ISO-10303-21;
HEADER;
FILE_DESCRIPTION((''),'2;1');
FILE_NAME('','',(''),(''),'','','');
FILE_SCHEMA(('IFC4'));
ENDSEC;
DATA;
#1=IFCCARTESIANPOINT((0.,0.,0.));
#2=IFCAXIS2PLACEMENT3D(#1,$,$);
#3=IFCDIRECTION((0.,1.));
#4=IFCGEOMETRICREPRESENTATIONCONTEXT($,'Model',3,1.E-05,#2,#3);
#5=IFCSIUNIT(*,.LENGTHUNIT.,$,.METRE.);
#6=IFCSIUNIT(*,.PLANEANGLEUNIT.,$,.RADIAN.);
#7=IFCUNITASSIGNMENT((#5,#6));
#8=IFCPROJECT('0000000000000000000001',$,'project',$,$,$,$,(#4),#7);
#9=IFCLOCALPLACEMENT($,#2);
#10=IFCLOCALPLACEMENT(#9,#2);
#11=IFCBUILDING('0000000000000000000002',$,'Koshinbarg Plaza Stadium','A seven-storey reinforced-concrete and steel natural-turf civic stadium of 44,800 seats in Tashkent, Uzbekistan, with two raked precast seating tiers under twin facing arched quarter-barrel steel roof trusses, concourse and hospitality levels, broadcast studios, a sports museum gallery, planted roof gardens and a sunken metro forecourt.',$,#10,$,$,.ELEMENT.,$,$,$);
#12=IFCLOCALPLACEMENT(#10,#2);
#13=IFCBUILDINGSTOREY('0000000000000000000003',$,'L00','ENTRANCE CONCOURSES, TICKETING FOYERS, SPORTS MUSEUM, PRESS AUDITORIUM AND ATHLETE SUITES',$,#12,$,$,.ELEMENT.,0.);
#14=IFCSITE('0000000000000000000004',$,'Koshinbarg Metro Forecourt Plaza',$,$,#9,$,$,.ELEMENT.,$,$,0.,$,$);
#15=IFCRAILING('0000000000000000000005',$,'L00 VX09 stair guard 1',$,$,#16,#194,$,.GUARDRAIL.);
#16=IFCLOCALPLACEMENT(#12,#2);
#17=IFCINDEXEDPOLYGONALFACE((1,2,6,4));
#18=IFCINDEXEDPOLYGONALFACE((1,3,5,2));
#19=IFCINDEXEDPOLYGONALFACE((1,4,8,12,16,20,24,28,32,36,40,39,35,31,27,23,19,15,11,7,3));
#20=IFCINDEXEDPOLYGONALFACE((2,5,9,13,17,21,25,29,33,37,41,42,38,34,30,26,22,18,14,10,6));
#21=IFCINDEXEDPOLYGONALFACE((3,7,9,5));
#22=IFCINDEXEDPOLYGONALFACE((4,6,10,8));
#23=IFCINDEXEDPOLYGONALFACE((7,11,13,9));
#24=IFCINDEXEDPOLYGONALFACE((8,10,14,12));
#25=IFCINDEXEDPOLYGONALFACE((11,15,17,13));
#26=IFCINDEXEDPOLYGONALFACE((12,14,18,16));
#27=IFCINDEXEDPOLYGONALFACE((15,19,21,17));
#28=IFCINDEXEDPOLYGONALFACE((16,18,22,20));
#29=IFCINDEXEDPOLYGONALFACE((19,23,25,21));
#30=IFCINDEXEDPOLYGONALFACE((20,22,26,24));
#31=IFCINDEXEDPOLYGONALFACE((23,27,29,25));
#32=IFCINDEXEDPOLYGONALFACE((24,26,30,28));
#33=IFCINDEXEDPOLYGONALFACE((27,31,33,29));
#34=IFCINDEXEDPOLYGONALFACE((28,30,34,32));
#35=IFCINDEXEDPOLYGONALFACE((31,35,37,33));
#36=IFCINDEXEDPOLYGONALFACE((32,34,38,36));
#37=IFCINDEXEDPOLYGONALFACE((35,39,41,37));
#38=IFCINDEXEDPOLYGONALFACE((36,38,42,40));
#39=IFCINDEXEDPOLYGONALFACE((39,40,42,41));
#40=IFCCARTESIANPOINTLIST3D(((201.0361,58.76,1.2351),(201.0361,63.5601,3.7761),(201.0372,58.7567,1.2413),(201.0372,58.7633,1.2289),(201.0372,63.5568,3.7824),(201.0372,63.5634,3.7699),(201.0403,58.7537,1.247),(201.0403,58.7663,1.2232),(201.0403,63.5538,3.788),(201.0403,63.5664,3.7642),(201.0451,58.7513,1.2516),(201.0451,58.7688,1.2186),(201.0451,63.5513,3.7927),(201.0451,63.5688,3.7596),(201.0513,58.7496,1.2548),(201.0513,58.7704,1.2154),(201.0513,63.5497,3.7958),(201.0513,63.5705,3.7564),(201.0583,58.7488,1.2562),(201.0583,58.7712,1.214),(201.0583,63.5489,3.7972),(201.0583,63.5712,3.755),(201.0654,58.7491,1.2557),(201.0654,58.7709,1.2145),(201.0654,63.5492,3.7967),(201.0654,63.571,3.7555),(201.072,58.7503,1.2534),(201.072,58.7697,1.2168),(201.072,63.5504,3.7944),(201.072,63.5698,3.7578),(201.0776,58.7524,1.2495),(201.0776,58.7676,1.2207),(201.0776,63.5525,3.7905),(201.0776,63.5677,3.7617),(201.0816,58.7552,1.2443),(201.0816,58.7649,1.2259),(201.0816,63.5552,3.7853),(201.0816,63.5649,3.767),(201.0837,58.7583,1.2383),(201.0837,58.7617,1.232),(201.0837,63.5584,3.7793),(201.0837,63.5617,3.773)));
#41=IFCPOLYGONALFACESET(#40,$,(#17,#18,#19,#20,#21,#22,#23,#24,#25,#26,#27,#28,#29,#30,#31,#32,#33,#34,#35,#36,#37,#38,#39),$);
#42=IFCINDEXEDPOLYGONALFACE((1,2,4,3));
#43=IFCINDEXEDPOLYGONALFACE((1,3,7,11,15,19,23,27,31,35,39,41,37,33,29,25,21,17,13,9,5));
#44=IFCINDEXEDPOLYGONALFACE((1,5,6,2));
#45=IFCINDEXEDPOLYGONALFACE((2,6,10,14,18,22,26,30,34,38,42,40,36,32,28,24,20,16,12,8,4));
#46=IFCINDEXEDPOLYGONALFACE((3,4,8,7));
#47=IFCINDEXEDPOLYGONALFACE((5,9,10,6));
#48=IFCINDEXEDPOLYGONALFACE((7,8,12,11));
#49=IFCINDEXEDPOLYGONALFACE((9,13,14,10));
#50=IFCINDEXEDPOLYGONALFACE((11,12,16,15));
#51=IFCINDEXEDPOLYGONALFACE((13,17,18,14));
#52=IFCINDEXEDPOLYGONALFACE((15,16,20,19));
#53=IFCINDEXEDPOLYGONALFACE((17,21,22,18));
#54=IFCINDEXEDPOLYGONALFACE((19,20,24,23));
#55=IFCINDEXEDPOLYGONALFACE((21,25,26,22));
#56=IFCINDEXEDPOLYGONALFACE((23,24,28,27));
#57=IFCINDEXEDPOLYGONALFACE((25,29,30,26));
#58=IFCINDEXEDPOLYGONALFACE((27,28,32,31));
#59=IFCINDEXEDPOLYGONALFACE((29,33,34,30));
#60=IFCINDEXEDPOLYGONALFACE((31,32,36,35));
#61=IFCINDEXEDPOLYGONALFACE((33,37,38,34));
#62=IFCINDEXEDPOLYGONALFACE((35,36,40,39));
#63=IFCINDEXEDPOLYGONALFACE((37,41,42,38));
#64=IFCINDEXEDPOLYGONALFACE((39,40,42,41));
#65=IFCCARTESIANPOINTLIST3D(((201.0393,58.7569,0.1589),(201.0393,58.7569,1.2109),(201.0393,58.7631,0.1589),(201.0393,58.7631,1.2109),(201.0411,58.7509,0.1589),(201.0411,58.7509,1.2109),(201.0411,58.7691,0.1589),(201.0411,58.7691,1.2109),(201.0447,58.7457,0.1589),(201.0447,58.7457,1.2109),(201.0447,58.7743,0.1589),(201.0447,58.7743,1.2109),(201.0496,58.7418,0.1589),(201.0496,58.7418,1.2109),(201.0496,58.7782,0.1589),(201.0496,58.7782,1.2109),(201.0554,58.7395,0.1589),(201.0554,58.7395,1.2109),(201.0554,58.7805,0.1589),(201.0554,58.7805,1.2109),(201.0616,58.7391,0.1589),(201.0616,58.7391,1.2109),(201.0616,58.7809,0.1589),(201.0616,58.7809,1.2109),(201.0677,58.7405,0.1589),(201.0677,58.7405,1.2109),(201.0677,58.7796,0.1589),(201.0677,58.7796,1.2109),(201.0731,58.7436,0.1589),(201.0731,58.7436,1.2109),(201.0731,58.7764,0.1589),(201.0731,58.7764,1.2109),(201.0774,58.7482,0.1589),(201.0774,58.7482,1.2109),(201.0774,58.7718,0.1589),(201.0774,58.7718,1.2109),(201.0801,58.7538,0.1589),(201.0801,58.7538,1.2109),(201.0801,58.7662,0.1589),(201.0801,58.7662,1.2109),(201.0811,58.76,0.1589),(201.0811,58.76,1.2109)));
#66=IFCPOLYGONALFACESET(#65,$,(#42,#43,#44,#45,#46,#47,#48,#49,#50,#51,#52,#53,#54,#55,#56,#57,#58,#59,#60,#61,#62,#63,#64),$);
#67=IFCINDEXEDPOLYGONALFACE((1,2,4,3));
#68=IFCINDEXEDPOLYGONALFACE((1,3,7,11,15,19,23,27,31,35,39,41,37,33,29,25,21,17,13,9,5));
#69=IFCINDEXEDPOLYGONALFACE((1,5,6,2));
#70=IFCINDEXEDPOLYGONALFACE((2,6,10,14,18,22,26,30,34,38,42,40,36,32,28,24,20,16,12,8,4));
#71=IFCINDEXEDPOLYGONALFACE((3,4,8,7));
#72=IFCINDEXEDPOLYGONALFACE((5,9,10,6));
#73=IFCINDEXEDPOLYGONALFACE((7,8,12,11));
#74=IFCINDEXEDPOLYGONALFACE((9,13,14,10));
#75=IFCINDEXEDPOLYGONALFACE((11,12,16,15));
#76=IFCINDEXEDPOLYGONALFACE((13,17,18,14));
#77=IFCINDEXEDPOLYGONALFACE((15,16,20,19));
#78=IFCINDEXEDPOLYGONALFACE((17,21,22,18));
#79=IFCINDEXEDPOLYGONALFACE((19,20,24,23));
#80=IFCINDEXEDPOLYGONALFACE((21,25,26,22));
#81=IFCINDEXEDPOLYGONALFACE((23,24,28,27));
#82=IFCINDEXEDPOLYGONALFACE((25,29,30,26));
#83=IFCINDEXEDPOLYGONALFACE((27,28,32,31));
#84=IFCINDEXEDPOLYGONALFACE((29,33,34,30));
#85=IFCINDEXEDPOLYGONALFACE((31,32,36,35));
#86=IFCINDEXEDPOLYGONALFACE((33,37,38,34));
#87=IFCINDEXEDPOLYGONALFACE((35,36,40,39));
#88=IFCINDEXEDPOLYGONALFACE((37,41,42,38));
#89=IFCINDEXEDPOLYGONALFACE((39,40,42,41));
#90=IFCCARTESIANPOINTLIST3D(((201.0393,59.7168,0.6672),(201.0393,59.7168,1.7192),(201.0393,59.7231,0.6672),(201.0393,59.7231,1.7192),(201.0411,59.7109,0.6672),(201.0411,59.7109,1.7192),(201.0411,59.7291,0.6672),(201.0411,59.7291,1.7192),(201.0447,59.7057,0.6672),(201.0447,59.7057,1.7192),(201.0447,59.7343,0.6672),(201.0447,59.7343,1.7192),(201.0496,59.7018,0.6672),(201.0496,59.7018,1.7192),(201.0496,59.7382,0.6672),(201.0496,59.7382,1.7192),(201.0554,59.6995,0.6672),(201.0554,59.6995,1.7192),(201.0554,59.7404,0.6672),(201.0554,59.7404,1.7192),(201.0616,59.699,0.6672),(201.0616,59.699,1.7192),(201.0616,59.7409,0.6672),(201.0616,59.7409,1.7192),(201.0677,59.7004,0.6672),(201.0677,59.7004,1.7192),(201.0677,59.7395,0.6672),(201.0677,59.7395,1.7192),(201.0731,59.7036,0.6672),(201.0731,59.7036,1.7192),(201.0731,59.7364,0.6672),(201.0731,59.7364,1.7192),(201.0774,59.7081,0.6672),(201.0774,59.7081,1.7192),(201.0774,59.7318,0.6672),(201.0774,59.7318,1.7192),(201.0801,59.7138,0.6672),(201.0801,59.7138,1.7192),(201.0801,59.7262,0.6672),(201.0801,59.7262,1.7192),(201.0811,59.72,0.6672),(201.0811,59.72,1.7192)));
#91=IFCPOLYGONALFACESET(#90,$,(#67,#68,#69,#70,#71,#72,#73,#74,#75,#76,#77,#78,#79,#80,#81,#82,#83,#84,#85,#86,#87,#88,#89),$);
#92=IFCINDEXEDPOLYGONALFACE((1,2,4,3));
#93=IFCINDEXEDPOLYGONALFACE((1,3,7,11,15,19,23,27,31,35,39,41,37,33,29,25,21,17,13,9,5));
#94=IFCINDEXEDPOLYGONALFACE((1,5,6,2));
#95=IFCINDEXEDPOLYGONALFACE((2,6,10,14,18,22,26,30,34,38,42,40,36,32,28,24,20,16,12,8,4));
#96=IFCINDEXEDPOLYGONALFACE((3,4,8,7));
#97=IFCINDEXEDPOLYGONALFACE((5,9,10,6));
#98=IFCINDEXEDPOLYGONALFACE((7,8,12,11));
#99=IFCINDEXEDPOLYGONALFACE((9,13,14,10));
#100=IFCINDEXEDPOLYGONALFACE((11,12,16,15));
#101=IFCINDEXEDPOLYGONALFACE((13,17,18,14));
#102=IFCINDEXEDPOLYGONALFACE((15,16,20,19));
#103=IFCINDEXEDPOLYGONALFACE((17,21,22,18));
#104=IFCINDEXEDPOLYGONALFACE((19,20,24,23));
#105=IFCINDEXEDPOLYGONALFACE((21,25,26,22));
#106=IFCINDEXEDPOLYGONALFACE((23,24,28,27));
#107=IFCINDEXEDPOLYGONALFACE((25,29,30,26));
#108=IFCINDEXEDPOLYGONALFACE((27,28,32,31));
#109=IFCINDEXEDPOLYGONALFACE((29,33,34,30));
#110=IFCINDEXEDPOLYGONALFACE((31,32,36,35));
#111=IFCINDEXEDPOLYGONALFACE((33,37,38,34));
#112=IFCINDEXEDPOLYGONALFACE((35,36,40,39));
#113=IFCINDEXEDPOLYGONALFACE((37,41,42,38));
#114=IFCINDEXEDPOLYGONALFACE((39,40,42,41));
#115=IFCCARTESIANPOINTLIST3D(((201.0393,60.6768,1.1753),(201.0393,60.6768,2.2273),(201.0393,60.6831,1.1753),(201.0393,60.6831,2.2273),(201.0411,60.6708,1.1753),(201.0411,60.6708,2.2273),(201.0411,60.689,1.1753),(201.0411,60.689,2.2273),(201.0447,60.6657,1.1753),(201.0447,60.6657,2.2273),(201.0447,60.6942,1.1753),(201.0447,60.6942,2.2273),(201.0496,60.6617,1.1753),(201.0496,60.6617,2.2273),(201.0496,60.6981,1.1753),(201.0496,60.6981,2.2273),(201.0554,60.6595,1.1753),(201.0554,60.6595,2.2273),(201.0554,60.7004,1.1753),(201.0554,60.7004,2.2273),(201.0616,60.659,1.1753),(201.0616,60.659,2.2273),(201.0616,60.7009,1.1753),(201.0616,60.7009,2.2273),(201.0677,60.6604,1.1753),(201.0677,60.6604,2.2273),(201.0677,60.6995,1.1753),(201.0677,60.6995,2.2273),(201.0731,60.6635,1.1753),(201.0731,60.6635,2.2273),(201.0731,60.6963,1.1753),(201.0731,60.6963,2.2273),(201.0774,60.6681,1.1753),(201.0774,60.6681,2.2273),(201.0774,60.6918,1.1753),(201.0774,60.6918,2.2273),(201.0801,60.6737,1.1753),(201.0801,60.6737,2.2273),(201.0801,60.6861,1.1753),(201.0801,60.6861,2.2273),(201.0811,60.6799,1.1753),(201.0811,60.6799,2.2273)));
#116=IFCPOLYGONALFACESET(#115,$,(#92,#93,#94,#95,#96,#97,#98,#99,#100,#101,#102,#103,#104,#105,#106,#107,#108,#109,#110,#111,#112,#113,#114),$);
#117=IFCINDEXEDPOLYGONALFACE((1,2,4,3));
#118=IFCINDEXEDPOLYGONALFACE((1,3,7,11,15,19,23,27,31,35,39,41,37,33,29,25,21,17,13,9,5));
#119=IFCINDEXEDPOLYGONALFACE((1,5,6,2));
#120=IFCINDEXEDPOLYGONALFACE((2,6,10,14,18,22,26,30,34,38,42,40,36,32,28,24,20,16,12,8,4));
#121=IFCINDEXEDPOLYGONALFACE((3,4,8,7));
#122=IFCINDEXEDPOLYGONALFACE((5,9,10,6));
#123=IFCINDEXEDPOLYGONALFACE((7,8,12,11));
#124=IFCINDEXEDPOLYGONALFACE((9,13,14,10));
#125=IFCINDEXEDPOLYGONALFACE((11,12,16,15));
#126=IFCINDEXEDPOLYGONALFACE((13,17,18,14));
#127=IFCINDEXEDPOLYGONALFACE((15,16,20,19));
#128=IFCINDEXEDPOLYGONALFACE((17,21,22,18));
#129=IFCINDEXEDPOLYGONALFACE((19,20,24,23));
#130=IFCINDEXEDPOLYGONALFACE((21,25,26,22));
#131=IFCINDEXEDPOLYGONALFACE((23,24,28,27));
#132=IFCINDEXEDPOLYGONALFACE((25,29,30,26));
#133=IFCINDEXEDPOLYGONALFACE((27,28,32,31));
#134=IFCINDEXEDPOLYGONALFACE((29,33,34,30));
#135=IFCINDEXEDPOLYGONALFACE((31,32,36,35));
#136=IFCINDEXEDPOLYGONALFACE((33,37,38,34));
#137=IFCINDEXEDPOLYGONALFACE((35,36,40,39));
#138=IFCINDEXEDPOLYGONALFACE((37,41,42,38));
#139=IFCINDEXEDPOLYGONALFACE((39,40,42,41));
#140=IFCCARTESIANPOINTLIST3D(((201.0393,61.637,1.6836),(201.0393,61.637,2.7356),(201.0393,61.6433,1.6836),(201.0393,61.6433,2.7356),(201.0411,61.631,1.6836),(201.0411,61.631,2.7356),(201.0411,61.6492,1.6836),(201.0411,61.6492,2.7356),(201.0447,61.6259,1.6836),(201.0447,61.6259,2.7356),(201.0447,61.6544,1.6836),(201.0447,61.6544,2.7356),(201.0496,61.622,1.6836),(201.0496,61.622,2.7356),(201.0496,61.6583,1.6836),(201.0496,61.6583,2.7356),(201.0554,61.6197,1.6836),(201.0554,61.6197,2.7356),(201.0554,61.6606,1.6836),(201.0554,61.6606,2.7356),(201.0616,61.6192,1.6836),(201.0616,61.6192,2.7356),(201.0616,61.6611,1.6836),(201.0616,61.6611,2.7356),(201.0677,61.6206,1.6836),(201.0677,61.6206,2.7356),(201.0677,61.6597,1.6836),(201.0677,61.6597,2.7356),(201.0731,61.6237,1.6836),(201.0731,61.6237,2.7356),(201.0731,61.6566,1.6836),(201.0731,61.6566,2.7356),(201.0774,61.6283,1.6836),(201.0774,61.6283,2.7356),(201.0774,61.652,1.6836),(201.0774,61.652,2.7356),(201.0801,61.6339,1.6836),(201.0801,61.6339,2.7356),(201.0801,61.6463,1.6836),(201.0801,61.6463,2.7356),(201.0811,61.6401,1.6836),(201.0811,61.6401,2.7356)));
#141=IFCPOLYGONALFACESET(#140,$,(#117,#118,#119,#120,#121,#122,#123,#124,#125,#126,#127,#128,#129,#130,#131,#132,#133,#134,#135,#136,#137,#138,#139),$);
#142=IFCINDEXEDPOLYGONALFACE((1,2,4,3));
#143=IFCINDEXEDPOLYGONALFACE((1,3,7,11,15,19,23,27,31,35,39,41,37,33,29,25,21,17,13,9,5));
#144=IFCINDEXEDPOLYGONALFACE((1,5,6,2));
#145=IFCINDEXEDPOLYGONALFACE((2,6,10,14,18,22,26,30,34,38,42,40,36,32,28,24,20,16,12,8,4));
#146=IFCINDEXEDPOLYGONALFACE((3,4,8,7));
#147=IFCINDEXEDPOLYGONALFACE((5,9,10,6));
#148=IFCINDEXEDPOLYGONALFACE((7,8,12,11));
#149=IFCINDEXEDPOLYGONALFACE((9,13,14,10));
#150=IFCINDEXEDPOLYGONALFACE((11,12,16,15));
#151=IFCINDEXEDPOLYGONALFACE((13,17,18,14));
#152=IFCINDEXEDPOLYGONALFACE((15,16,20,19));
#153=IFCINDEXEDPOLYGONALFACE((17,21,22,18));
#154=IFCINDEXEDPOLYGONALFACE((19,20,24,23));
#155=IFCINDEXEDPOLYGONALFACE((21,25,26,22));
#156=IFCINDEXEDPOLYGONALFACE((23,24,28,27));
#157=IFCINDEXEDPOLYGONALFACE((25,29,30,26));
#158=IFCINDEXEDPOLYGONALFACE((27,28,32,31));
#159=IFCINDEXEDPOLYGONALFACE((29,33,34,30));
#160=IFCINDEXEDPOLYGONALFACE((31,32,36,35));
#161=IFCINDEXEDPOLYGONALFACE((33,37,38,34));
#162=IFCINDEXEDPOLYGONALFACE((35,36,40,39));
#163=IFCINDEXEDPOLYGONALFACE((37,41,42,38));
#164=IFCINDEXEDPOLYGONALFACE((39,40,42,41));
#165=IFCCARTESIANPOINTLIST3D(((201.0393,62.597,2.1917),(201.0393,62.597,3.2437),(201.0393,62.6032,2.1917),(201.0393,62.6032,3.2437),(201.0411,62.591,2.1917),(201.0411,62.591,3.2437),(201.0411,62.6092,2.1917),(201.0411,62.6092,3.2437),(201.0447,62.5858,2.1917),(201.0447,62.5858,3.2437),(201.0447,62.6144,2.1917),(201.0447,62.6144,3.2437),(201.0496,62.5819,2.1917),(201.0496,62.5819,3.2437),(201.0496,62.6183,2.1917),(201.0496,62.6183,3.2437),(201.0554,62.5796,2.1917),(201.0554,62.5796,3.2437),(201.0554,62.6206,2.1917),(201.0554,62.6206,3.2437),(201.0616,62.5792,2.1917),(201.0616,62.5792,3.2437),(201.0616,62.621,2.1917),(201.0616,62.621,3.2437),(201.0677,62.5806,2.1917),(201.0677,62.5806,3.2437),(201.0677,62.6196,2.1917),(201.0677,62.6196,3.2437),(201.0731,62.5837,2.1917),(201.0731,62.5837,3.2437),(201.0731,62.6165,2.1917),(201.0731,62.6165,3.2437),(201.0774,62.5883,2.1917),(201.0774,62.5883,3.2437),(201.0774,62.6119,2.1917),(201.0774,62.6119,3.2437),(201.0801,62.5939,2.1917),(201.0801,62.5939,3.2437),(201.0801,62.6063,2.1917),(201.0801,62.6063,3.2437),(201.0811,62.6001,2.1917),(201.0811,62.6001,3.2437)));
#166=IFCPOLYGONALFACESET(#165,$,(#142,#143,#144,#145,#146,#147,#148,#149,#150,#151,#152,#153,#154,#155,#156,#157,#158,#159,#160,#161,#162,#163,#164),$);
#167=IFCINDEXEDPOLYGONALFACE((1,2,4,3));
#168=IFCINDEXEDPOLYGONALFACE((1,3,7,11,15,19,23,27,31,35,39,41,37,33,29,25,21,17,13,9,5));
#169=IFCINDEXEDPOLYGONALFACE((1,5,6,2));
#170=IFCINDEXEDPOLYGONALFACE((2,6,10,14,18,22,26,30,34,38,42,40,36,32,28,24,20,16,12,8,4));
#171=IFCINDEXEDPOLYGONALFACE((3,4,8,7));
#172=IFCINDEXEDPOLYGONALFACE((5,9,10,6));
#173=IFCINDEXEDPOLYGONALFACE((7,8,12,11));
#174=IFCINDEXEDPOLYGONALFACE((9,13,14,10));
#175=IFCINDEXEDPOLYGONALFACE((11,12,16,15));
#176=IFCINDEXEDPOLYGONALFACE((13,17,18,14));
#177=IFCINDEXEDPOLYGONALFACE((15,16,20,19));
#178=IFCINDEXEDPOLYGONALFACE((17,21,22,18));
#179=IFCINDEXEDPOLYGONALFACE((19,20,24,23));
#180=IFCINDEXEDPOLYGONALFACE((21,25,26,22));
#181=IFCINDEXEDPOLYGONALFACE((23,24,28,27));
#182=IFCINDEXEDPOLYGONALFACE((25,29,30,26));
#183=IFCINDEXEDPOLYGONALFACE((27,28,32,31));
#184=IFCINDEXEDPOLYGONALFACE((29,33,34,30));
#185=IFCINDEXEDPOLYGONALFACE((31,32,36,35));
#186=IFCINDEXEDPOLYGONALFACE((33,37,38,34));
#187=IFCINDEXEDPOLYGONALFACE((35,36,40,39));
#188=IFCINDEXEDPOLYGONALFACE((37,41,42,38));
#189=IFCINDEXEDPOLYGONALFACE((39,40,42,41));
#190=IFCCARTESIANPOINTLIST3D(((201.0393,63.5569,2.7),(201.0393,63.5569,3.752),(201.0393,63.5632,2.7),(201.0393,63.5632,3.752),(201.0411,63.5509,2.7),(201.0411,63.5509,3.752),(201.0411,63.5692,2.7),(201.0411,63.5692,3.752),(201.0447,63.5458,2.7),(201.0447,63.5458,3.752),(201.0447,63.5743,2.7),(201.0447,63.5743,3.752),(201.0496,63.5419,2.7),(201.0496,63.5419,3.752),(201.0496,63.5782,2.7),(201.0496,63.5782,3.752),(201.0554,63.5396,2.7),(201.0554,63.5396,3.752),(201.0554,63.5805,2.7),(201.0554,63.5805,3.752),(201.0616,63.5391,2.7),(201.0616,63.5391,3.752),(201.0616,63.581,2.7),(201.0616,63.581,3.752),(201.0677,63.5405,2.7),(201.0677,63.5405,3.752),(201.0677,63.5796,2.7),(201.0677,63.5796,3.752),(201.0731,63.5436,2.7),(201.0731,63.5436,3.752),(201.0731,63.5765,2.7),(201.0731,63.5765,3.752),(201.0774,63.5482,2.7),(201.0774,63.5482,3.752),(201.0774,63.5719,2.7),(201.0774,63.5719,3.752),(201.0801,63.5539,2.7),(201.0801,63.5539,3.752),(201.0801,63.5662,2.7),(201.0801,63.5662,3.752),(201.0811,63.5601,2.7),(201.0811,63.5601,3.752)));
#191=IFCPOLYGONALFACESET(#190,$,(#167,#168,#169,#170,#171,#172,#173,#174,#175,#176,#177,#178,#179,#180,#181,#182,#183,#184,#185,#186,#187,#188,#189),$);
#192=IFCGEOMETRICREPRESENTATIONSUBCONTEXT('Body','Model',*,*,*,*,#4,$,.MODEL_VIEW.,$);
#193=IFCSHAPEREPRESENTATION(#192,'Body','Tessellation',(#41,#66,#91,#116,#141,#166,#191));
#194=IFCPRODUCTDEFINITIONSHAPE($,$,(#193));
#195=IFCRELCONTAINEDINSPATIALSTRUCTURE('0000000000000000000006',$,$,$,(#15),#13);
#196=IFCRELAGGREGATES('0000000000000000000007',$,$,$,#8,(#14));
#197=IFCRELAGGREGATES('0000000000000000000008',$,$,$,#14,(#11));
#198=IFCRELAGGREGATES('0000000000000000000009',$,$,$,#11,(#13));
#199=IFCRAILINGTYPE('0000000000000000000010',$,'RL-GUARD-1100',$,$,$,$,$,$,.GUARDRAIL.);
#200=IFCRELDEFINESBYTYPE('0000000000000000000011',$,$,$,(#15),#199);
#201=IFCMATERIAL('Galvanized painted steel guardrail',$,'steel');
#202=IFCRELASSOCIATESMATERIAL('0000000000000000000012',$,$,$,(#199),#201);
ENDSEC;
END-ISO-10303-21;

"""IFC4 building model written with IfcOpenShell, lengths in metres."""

from ifc_helpers import new_model, si_unit, direction, frame, origin, origin_2d, place, context, subcontext, project, spatial, circle, extrude, material, type_object, element, save


model = new_model("IFC4")

# Units and contexts
model_context = context("Model", 3, precision=1e-05, world=origin(), true_north=direction((0.0, 1.0)))
body_context = subcontext(model_context, "Body", "Model", "MODEL_VIEW")
ifc_project = project(units=[si_unit("LENGTHUNIT", "METRE"), si_unit("PLANEANGLEUNIT", "RADIAN")], contexts=[model_context])

# Site, building, storey
site_placement = place(None, origin())
site = spatial("IfcSite", under=ifc_project, at=site_placement, Name="Koshinbarg Metro Forecourt Plaza", CompositionType="ELEMENT", RefElevation=0.0)
building_placement = place(site_placement, origin())
building = spatial("IfcBuilding", under=site, at=building_placement, Name="Koshinbarg Plaza Stadium", Description="A seven-storey reinforced-concrete and steel natural-turf civic stadium of 44,800 seats in Tashkent, Uzbekistan, with two raked precast seating tiers under twin facing arched quarter-barrel steel roof trusses, concourse and hospitality levels, broadcast studios, a sports museum gallery, planted roof gardens and a sunken metro forecourt.", CompositionType="ELEMENT")
storey_placement = place(building_placement, origin())
storey = spatial("IfcBuildingStorey", under=building, at=storey_placement, Name="L00", Description="ENTRANCE CONCOURSES, TICKETING FOYERS, SPORTS MUSEUM, PRESS AUDITORIUM AND ATHLETE SUITES", CompositionType="ELEMENT", Elevation=0.0)

# Railing
ifc_material_1 = material(Name="Galvanized painted steel guardrail", Category="steel")
railing_type_1 = type_object("IfcRailingType", Name="RL-GUARD-1100", PredefinedType="GUARDRAIL", material=ifc_material_1)
railing_1_placement = place(storey_placement, frame((201.0601, 58.76, 0.1589)))
element("IfcRailing", 1, at=railing_1_placement, inside=storey, type_object=railing_type_1, Name="L00 VX09 stair guard 1", PredefinedType="GUARDRAIL", context=body_context, shape_type="SweptSolid", body=[
    extrude(circle(Radius=0.0239, at=origin_2d()), frame((0.0, 0.0, 1.0762), z_axis=(0.0, 0.883802, 0.467861), x_axis=(-1.0, 0.0, 0.0)), (0.0, 0.0, 1.0), 5.4312),
    extrude(circle(Radius=0.021, at=origin_2d()), origin(), (0.0, 0.0, 1.0), 1.052),
    extrude(circle(Radius=0.021, at=origin_2d()), frame((0.0, 0.96, 0.5083)), (0.0, 0.0, 1.0), 1.052),
    extrude(circle(Radius=0.021, at=origin_2d()), frame((0.0, 1.9199, 1.0164)), (0.0, 0.0, 1.0), 1.052),
    extrude(circle(Radius=0.021, at=origin_2d()), frame((0.0, 2.8801, 1.5247)), (0.0, 0.0, 1.0), 1.052),
    extrude(circle(Radius=0.021, at=origin_2d()), frame((0.0, 3.8401, 2.0327)), (0.0, 0.0, 1.0), 1.052),
    extrude(circle(Radius=0.021, at=origin_2d()), frame((0.0, 4.8, 2.541)), (0.0, 0.0, 1.0), 1.052),
])

save(model, "model.ifc")
